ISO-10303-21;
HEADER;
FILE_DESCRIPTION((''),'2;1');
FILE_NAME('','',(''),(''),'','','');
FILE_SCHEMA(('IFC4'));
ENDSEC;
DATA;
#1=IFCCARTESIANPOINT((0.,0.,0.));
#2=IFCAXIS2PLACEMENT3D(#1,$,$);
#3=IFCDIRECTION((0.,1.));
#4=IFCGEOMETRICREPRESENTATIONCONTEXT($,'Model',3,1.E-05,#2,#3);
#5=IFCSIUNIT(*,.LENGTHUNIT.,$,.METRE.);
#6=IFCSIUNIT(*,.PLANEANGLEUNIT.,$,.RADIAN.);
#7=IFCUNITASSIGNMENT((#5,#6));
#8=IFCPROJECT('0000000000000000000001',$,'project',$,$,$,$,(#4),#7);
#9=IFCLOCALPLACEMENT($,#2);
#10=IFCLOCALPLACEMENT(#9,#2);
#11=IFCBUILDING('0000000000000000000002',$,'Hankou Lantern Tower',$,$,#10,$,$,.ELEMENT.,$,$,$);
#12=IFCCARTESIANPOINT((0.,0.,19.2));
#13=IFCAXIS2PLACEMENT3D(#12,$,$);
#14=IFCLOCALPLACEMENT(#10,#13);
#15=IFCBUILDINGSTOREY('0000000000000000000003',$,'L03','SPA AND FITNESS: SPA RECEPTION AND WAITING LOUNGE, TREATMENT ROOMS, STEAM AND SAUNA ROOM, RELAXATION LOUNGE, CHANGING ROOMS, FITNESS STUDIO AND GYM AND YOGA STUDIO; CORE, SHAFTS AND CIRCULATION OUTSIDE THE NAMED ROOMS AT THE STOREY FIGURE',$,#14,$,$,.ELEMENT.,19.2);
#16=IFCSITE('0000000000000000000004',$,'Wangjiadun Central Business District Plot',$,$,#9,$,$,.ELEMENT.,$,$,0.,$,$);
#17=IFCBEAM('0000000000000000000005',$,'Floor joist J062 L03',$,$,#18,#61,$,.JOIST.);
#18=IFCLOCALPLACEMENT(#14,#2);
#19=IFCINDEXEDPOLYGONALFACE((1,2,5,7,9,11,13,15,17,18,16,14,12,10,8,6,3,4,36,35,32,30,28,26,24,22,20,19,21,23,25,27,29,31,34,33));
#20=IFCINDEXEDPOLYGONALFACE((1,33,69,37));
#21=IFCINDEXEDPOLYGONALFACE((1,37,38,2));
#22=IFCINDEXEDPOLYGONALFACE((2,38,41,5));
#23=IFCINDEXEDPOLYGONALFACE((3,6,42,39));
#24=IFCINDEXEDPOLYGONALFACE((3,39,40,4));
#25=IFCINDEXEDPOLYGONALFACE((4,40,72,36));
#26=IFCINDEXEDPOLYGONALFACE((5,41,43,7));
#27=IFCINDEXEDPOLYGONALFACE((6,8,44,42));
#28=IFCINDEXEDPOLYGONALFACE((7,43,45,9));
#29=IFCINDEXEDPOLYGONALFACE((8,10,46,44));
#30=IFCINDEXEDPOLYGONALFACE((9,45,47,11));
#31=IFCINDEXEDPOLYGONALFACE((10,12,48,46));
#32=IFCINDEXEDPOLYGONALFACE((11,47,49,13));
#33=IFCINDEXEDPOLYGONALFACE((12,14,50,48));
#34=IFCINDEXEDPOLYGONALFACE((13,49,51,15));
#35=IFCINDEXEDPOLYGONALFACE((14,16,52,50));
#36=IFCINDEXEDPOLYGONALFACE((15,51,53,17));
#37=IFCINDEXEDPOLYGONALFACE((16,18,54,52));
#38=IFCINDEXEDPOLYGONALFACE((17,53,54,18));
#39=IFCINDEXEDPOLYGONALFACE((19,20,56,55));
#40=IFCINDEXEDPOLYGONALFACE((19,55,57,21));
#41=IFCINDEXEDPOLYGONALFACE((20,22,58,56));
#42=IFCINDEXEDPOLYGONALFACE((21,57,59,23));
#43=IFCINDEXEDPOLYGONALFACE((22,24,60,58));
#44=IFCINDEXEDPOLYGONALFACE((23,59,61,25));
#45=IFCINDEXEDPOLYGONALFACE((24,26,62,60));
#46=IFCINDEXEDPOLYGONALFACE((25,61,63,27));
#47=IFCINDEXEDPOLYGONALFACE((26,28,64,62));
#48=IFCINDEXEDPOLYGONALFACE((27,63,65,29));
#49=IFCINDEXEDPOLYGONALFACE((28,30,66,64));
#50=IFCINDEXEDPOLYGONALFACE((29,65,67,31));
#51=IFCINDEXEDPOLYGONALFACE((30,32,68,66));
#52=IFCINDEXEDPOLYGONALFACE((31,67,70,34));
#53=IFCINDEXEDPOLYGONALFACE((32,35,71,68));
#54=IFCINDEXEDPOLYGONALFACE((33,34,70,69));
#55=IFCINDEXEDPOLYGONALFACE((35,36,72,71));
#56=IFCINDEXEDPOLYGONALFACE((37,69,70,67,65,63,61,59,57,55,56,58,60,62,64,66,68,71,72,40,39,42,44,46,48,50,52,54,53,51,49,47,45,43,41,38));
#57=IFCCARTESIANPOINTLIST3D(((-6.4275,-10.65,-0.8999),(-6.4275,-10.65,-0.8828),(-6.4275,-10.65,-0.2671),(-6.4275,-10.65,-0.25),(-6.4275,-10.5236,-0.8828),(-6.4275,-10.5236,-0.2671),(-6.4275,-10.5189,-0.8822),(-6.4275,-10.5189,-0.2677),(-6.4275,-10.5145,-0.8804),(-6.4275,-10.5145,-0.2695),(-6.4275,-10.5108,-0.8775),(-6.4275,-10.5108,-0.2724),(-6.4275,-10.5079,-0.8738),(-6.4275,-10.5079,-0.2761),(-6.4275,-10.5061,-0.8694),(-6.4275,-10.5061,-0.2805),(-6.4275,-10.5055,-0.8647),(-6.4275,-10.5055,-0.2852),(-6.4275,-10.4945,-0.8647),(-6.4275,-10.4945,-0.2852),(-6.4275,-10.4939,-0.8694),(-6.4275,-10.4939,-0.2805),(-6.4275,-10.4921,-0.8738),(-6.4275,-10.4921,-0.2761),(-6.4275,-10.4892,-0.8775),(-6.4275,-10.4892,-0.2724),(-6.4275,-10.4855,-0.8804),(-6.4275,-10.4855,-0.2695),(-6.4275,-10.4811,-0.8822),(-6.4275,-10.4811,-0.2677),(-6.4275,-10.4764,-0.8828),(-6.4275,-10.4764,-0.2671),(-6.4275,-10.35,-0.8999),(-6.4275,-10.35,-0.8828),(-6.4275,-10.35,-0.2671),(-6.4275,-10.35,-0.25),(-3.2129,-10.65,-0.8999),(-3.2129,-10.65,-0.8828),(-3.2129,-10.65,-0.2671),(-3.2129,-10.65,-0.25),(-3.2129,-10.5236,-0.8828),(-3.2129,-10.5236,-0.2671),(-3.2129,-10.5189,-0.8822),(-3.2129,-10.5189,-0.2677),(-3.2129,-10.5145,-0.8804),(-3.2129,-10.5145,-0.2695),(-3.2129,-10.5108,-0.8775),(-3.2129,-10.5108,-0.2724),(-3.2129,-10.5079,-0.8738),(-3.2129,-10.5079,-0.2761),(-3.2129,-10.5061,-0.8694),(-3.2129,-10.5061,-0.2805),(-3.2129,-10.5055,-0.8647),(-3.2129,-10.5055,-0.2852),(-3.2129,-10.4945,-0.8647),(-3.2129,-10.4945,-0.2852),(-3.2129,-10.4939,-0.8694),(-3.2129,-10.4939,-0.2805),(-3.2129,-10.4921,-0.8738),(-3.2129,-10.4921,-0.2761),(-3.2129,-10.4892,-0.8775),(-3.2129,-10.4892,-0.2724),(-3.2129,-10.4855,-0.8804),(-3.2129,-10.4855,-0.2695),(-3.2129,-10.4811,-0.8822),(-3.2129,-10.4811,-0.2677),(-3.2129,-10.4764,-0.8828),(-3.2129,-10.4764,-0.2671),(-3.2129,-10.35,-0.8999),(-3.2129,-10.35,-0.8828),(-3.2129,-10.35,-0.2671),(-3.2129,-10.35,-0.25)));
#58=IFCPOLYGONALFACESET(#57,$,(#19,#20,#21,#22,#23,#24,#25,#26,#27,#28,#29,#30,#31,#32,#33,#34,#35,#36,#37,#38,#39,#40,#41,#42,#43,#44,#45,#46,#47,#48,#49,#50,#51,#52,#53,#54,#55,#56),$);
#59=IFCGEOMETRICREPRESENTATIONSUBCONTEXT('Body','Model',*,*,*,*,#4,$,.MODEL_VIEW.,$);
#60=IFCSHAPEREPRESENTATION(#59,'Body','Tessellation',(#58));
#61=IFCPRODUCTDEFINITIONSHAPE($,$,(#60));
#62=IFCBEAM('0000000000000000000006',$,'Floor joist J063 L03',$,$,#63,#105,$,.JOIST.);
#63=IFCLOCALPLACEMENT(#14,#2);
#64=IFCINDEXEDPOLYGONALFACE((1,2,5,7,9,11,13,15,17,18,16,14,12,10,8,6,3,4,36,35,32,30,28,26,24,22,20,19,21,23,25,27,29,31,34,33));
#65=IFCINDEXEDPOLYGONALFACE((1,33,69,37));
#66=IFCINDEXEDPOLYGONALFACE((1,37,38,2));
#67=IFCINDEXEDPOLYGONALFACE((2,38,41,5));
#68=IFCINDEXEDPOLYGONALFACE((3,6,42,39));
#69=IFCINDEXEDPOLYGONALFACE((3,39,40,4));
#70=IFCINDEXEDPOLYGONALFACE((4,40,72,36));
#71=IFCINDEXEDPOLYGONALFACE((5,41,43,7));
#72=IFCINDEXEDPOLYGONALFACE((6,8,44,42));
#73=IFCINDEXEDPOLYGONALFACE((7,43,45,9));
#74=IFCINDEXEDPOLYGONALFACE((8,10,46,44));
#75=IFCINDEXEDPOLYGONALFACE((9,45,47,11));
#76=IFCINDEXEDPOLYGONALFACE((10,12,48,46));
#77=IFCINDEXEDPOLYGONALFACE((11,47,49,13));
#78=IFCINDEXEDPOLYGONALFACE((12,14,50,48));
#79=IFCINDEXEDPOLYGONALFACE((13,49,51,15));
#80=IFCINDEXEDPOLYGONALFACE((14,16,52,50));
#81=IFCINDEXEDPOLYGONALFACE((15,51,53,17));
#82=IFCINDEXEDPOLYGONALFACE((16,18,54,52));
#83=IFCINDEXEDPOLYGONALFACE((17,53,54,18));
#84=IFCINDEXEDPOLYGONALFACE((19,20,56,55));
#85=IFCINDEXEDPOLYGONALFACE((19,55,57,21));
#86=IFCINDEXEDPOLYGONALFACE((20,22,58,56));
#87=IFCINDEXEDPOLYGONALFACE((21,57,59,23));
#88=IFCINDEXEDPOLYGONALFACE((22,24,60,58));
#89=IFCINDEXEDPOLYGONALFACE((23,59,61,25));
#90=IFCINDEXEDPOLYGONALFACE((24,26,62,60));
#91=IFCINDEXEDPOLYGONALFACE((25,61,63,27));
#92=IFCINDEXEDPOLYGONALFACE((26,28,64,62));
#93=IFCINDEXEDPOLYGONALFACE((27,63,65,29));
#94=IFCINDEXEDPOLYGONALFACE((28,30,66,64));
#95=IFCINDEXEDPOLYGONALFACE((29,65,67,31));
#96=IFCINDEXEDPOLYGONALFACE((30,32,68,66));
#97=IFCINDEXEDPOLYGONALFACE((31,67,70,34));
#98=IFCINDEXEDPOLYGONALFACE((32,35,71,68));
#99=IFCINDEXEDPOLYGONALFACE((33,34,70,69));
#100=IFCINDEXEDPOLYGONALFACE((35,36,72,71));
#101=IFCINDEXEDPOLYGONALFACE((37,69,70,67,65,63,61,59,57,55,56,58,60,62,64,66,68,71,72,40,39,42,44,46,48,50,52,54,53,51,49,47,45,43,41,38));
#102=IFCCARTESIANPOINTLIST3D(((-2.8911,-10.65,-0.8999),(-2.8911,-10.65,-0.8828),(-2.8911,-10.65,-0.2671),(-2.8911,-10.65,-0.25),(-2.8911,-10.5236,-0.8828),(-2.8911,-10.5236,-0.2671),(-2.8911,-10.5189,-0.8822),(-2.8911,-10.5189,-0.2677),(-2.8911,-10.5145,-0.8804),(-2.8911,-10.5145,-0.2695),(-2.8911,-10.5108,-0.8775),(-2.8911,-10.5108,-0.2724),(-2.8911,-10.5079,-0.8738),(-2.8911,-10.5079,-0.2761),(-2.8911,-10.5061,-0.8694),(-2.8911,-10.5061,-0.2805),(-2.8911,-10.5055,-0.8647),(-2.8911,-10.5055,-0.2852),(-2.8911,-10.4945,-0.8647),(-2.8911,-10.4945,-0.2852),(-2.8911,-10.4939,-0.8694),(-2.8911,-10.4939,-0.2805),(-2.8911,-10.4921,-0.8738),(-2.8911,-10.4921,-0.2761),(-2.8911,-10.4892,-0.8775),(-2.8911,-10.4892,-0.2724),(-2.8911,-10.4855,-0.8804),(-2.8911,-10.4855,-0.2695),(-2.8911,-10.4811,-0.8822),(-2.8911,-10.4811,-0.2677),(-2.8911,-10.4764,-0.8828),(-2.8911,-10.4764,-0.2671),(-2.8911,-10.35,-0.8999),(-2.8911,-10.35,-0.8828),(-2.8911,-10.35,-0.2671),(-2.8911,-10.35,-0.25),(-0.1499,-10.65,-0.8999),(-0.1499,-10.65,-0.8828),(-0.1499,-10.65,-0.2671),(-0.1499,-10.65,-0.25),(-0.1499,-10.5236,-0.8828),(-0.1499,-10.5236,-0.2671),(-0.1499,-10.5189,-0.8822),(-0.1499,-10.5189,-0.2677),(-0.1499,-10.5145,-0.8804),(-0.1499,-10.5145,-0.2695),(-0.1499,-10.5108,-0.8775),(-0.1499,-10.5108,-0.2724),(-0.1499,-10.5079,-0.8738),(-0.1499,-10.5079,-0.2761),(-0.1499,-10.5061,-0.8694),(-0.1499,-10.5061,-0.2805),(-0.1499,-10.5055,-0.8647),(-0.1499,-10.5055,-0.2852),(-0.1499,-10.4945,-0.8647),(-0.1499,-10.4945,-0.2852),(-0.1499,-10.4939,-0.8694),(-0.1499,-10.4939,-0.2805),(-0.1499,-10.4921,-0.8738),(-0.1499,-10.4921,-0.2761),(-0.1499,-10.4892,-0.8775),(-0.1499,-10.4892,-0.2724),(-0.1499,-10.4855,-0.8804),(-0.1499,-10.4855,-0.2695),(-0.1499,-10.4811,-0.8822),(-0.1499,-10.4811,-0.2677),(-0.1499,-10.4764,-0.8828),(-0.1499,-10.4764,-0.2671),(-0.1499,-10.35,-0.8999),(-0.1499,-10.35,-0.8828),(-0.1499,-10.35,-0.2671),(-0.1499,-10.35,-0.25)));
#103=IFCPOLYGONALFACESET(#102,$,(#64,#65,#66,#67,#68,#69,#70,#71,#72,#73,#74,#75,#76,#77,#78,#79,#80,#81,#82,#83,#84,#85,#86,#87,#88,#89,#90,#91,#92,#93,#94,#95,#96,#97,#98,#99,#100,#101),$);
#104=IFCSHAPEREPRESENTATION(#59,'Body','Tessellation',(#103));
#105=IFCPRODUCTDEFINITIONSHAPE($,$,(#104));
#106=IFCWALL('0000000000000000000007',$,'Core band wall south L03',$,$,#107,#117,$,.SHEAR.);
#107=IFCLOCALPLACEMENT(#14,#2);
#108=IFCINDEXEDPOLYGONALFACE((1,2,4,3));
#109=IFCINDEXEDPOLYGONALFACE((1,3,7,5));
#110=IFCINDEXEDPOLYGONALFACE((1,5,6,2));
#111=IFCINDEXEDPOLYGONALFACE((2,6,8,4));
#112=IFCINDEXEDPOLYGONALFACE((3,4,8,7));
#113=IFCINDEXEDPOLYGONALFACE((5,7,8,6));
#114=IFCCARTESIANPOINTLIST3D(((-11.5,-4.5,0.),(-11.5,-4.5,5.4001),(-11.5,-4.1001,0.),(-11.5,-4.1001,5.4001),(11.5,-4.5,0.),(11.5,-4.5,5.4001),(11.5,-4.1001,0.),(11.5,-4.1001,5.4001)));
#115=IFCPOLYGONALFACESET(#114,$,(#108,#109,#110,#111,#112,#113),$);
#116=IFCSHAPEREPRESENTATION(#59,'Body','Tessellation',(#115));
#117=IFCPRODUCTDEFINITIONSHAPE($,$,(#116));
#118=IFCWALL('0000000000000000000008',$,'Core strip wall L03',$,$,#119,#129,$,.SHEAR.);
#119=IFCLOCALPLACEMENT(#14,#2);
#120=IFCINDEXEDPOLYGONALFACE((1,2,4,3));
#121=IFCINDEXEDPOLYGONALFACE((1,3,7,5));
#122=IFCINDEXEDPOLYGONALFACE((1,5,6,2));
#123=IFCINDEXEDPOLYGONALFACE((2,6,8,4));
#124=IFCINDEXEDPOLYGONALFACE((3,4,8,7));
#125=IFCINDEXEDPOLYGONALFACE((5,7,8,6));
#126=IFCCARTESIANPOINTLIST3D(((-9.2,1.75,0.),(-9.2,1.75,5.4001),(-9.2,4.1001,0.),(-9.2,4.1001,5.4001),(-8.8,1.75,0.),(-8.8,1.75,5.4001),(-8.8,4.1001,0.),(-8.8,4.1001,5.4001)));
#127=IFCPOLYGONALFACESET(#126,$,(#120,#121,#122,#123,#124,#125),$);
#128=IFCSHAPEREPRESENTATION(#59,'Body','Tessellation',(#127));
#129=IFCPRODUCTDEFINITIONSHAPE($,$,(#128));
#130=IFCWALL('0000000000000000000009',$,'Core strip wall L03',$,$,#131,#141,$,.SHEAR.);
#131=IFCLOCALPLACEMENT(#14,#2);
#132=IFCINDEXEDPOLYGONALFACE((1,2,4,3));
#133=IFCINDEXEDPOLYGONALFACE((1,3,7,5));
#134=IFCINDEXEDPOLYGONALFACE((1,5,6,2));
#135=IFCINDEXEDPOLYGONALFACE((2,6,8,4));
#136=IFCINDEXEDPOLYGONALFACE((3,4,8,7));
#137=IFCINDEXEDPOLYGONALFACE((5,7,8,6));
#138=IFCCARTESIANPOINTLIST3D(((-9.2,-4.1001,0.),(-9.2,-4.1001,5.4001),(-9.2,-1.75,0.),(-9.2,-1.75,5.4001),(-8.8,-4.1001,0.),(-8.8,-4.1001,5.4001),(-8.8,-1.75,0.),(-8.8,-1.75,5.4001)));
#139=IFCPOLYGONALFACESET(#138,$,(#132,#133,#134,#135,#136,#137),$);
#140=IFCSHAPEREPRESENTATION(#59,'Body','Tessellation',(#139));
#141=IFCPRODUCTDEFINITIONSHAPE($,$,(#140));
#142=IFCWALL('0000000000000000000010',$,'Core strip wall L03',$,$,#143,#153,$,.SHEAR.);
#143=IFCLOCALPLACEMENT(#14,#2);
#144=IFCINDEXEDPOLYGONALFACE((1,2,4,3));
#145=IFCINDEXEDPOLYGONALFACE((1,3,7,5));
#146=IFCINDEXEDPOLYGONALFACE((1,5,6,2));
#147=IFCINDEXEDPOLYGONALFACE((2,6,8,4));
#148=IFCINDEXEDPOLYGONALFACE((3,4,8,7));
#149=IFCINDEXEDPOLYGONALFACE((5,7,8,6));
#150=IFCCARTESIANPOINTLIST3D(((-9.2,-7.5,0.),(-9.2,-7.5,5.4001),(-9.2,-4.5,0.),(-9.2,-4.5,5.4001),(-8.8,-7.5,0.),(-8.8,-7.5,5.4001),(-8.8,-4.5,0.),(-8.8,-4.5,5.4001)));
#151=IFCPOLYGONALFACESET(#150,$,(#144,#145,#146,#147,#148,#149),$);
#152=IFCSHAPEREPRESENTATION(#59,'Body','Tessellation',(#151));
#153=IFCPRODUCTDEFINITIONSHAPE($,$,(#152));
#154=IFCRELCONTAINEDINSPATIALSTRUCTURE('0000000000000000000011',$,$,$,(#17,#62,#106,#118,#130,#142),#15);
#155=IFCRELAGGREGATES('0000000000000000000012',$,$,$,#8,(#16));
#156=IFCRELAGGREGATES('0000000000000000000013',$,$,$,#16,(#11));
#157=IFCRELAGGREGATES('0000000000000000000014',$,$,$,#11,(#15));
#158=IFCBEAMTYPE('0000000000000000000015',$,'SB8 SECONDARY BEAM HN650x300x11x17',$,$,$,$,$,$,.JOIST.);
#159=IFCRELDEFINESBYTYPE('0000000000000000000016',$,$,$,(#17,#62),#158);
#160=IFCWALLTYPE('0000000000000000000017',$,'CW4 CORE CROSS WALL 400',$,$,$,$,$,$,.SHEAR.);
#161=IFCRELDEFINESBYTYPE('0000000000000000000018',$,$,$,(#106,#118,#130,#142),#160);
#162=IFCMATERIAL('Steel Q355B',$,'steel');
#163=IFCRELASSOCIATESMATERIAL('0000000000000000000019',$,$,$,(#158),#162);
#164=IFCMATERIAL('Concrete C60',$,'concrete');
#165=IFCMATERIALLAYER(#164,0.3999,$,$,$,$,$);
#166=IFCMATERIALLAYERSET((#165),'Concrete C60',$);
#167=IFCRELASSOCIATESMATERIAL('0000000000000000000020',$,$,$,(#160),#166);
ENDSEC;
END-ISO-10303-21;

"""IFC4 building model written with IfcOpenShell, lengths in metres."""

from ifc_helpers import new_model, si_unit, direction, frame, frame_2d, origin, origin_2d, place, context, subcontext, project, spatial, rectangle, i_section, extrude, material, layer, layer_set, material_profile, profile_set, type_object, element, save


model = new_model("IFC4")

# Units and contexts
model_context = context("Model", 3, precision=1e-05, world=origin(), true_north=direction((0.0, 1.0)))
body_context = subcontext(model_context, "Body", "Model", "MODEL_VIEW")
ifc_project = project(units=[si_unit("LENGTHUNIT", "METRE"), si_unit("PLANEANGLEUNIT", "RADIAN")], contexts=[model_context])

# Site, building, storey
site_placement = place(None, origin())
site = spatial("IfcSite", under=ifc_project, at=site_placement, Name="Wangjiadun Central Business District Plot", CompositionType="ELEMENT", RefElevation=0.0)
building_placement = place(site_placement, origin())
building = spatial("IfcBuilding", under=site, at=building_placement, Name="Hankou Lantern Tower", CompositionType="ELEMENT")
storey_placement = place(building_placement, frame((0.0, 0.0, 19.2)))
storey = spatial("IfcBuildingStorey", under=building, at=storey_placement, Name="L03", Description="SPA AND FITNESS: SPA RECEPTION AND WAITING LOUNGE, TREATMENT ROOMS, STEAM AND SAUNA ROOM, RELAXATION LOUNGE, CHANGING ROOMS, FITNESS STUDIO AND GYM AND YOGA STUDIO; CORE, SHAFTS AND CIRCULATION OUTSIDE THE NAMED ROOMS AT THE STOREY FIGURE", CompositionType="ELEMENT", Elevation=19.2)

# Beams
ifc_material_1 = material(Name="Steel Q355B", Category="steel")
ifc_material_profile_1 = material_profile(ifc_material_1, i_section(OverallWidth=0.3, OverallDepth=0.6499, WebThickness=0.011, FlangeThickness=0.0171, FilletRadius=0.0181, at=origin_2d()), Name="HN650x300x11x17")
ifc_profile_set_1 = profile_set([ifc_material_profile_1], Name="Steel Q355B")
beam_type_1 = type_object("IfcBeamType", Name="SB8 SECONDARY BEAM HN650x300x11x17", PredefinedType="JOIST", material=ifc_profile_set_1)
beam_1_placement = place(storey_placement, frame((-6.4275, -10.5, -0.575), z_axis=(1.0, 0.0, 0.0), x_axis=(0.0, 1.0, 0.0)))
element("IfcBeam", 1, at=beam_1_placement, inside=storey, type_object=beam_type_1, Name="Floor joist J062 L03", PredefinedType="JOIST", context=body_context, shape_type="SweptSolid", body=[
    extrude(i_section(OverallWidth=0.3, OverallDepth=0.6499, WebThickness=0.011, FlangeThickness=0.0171, FilletRadius=0.0181, at=origin_2d()), origin(), (0.0, 0.0, 1.0), 3.2146),
])
beam_2_placement = place(storey_placement, frame((-2.8911, -10.5, -0.575), z_axis=(1.0, 0.0, 0.0), x_axis=(0.0, 1.0, 0.0)))
element("IfcBeam", 2, at=beam_2_placement, inside=storey, type_object=beam_type_1, Name="Floor joist J063 L03", PredefinedType="JOIST", context=body_context, shape_type="SweptSolid", body=[
    extrude(i_section(OverallWidth=0.3, OverallDepth=0.6499, WebThickness=0.011, FlangeThickness=0.0171, FilletRadius=0.0181, at=origin_2d()), origin(), (0.0, 0.0, 1.0), 2.7412),
])

# Walls
ifc_material_2 = material(Name="Concrete C60", Category="concrete")
ifc_layer_1 = layer(ifc_material_2, 0.3999)
ifc_layer_set_1 = layer_set([ifc_layer_1], Name="Concrete C60")
wall_type_1 = type_object("IfcWallType", Name="CW4 CORE CROSS WALL 400", PredefinedType="SHEAR", material=ifc_layer_set_1)
wall_1_placement = place(storey_placement, frame((-11.5, -4.3, 0.0), z_axis=(0.0, 0.0, 1.0), x_axis=(1.0, 0.0, 0.0)))
element("IfcWall", 3, at=wall_1_placement, inside=storey, type_object=wall_type_1, Name="Core band wall south L03", PredefinedType="SHEAR", context=body_context, shape_type="SweptSolid", body=[
    extrude(rectangle(XDim=23.0, YDim=0.3999, at=frame_2d((11.5, 0.0))), origin(), (0.0, 0.0, 1.0), 5.4001),
])
for number, where, z_axis, x_axis, name in (
    (4, (-9.0, 1.75, 0.0), (0.0, 0.0, 1.0), (0.0, 1.0, 0.0), "Core strip wall L03"),
    (5, (-9.0, -4.1001, 0.0), (0.0, 0.0, 1.0), (0.0, 1.0, 0.0), "Core strip wall L03"),
):
    element("IfcWall", number, at=place(storey_placement, frame(where, z_axis=z_axis, x_axis=x_axis)), inside=storey, type_object=wall_type_1, Name=name, PredefinedType="SHEAR", context=body_context, shape_type="SweptSolid", body=[
        extrude(rectangle(XDim=2.3501, YDim=0.3999, at=frame_2d((1.175, 0.0))), origin(), (0.0, 0.0, 1.0), 5.4001),
    ])
wall_2_placement = place(storey_placement, frame((-9.0, -7.5, 0.0), z_axis=(0.0, 0.0, 1.0), x_axis=(0.0, 1.0, 0.0)))
element("IfcWall", 6, at=wall_2_placement, inside=storey, type_object=wall_type_1, Name="Core strip wall L03", PredefinedType="SHEAR", context=body_context, shape_type="SweptSolid", body=[
    extrude(rectangle(XDim=3.0, YDim=0.3999, at=frame_2d((1.5, 0.0))), origin(), (0.0, 0.0, 1.0), 5.4001),
])

save(model, "model.ifc")
